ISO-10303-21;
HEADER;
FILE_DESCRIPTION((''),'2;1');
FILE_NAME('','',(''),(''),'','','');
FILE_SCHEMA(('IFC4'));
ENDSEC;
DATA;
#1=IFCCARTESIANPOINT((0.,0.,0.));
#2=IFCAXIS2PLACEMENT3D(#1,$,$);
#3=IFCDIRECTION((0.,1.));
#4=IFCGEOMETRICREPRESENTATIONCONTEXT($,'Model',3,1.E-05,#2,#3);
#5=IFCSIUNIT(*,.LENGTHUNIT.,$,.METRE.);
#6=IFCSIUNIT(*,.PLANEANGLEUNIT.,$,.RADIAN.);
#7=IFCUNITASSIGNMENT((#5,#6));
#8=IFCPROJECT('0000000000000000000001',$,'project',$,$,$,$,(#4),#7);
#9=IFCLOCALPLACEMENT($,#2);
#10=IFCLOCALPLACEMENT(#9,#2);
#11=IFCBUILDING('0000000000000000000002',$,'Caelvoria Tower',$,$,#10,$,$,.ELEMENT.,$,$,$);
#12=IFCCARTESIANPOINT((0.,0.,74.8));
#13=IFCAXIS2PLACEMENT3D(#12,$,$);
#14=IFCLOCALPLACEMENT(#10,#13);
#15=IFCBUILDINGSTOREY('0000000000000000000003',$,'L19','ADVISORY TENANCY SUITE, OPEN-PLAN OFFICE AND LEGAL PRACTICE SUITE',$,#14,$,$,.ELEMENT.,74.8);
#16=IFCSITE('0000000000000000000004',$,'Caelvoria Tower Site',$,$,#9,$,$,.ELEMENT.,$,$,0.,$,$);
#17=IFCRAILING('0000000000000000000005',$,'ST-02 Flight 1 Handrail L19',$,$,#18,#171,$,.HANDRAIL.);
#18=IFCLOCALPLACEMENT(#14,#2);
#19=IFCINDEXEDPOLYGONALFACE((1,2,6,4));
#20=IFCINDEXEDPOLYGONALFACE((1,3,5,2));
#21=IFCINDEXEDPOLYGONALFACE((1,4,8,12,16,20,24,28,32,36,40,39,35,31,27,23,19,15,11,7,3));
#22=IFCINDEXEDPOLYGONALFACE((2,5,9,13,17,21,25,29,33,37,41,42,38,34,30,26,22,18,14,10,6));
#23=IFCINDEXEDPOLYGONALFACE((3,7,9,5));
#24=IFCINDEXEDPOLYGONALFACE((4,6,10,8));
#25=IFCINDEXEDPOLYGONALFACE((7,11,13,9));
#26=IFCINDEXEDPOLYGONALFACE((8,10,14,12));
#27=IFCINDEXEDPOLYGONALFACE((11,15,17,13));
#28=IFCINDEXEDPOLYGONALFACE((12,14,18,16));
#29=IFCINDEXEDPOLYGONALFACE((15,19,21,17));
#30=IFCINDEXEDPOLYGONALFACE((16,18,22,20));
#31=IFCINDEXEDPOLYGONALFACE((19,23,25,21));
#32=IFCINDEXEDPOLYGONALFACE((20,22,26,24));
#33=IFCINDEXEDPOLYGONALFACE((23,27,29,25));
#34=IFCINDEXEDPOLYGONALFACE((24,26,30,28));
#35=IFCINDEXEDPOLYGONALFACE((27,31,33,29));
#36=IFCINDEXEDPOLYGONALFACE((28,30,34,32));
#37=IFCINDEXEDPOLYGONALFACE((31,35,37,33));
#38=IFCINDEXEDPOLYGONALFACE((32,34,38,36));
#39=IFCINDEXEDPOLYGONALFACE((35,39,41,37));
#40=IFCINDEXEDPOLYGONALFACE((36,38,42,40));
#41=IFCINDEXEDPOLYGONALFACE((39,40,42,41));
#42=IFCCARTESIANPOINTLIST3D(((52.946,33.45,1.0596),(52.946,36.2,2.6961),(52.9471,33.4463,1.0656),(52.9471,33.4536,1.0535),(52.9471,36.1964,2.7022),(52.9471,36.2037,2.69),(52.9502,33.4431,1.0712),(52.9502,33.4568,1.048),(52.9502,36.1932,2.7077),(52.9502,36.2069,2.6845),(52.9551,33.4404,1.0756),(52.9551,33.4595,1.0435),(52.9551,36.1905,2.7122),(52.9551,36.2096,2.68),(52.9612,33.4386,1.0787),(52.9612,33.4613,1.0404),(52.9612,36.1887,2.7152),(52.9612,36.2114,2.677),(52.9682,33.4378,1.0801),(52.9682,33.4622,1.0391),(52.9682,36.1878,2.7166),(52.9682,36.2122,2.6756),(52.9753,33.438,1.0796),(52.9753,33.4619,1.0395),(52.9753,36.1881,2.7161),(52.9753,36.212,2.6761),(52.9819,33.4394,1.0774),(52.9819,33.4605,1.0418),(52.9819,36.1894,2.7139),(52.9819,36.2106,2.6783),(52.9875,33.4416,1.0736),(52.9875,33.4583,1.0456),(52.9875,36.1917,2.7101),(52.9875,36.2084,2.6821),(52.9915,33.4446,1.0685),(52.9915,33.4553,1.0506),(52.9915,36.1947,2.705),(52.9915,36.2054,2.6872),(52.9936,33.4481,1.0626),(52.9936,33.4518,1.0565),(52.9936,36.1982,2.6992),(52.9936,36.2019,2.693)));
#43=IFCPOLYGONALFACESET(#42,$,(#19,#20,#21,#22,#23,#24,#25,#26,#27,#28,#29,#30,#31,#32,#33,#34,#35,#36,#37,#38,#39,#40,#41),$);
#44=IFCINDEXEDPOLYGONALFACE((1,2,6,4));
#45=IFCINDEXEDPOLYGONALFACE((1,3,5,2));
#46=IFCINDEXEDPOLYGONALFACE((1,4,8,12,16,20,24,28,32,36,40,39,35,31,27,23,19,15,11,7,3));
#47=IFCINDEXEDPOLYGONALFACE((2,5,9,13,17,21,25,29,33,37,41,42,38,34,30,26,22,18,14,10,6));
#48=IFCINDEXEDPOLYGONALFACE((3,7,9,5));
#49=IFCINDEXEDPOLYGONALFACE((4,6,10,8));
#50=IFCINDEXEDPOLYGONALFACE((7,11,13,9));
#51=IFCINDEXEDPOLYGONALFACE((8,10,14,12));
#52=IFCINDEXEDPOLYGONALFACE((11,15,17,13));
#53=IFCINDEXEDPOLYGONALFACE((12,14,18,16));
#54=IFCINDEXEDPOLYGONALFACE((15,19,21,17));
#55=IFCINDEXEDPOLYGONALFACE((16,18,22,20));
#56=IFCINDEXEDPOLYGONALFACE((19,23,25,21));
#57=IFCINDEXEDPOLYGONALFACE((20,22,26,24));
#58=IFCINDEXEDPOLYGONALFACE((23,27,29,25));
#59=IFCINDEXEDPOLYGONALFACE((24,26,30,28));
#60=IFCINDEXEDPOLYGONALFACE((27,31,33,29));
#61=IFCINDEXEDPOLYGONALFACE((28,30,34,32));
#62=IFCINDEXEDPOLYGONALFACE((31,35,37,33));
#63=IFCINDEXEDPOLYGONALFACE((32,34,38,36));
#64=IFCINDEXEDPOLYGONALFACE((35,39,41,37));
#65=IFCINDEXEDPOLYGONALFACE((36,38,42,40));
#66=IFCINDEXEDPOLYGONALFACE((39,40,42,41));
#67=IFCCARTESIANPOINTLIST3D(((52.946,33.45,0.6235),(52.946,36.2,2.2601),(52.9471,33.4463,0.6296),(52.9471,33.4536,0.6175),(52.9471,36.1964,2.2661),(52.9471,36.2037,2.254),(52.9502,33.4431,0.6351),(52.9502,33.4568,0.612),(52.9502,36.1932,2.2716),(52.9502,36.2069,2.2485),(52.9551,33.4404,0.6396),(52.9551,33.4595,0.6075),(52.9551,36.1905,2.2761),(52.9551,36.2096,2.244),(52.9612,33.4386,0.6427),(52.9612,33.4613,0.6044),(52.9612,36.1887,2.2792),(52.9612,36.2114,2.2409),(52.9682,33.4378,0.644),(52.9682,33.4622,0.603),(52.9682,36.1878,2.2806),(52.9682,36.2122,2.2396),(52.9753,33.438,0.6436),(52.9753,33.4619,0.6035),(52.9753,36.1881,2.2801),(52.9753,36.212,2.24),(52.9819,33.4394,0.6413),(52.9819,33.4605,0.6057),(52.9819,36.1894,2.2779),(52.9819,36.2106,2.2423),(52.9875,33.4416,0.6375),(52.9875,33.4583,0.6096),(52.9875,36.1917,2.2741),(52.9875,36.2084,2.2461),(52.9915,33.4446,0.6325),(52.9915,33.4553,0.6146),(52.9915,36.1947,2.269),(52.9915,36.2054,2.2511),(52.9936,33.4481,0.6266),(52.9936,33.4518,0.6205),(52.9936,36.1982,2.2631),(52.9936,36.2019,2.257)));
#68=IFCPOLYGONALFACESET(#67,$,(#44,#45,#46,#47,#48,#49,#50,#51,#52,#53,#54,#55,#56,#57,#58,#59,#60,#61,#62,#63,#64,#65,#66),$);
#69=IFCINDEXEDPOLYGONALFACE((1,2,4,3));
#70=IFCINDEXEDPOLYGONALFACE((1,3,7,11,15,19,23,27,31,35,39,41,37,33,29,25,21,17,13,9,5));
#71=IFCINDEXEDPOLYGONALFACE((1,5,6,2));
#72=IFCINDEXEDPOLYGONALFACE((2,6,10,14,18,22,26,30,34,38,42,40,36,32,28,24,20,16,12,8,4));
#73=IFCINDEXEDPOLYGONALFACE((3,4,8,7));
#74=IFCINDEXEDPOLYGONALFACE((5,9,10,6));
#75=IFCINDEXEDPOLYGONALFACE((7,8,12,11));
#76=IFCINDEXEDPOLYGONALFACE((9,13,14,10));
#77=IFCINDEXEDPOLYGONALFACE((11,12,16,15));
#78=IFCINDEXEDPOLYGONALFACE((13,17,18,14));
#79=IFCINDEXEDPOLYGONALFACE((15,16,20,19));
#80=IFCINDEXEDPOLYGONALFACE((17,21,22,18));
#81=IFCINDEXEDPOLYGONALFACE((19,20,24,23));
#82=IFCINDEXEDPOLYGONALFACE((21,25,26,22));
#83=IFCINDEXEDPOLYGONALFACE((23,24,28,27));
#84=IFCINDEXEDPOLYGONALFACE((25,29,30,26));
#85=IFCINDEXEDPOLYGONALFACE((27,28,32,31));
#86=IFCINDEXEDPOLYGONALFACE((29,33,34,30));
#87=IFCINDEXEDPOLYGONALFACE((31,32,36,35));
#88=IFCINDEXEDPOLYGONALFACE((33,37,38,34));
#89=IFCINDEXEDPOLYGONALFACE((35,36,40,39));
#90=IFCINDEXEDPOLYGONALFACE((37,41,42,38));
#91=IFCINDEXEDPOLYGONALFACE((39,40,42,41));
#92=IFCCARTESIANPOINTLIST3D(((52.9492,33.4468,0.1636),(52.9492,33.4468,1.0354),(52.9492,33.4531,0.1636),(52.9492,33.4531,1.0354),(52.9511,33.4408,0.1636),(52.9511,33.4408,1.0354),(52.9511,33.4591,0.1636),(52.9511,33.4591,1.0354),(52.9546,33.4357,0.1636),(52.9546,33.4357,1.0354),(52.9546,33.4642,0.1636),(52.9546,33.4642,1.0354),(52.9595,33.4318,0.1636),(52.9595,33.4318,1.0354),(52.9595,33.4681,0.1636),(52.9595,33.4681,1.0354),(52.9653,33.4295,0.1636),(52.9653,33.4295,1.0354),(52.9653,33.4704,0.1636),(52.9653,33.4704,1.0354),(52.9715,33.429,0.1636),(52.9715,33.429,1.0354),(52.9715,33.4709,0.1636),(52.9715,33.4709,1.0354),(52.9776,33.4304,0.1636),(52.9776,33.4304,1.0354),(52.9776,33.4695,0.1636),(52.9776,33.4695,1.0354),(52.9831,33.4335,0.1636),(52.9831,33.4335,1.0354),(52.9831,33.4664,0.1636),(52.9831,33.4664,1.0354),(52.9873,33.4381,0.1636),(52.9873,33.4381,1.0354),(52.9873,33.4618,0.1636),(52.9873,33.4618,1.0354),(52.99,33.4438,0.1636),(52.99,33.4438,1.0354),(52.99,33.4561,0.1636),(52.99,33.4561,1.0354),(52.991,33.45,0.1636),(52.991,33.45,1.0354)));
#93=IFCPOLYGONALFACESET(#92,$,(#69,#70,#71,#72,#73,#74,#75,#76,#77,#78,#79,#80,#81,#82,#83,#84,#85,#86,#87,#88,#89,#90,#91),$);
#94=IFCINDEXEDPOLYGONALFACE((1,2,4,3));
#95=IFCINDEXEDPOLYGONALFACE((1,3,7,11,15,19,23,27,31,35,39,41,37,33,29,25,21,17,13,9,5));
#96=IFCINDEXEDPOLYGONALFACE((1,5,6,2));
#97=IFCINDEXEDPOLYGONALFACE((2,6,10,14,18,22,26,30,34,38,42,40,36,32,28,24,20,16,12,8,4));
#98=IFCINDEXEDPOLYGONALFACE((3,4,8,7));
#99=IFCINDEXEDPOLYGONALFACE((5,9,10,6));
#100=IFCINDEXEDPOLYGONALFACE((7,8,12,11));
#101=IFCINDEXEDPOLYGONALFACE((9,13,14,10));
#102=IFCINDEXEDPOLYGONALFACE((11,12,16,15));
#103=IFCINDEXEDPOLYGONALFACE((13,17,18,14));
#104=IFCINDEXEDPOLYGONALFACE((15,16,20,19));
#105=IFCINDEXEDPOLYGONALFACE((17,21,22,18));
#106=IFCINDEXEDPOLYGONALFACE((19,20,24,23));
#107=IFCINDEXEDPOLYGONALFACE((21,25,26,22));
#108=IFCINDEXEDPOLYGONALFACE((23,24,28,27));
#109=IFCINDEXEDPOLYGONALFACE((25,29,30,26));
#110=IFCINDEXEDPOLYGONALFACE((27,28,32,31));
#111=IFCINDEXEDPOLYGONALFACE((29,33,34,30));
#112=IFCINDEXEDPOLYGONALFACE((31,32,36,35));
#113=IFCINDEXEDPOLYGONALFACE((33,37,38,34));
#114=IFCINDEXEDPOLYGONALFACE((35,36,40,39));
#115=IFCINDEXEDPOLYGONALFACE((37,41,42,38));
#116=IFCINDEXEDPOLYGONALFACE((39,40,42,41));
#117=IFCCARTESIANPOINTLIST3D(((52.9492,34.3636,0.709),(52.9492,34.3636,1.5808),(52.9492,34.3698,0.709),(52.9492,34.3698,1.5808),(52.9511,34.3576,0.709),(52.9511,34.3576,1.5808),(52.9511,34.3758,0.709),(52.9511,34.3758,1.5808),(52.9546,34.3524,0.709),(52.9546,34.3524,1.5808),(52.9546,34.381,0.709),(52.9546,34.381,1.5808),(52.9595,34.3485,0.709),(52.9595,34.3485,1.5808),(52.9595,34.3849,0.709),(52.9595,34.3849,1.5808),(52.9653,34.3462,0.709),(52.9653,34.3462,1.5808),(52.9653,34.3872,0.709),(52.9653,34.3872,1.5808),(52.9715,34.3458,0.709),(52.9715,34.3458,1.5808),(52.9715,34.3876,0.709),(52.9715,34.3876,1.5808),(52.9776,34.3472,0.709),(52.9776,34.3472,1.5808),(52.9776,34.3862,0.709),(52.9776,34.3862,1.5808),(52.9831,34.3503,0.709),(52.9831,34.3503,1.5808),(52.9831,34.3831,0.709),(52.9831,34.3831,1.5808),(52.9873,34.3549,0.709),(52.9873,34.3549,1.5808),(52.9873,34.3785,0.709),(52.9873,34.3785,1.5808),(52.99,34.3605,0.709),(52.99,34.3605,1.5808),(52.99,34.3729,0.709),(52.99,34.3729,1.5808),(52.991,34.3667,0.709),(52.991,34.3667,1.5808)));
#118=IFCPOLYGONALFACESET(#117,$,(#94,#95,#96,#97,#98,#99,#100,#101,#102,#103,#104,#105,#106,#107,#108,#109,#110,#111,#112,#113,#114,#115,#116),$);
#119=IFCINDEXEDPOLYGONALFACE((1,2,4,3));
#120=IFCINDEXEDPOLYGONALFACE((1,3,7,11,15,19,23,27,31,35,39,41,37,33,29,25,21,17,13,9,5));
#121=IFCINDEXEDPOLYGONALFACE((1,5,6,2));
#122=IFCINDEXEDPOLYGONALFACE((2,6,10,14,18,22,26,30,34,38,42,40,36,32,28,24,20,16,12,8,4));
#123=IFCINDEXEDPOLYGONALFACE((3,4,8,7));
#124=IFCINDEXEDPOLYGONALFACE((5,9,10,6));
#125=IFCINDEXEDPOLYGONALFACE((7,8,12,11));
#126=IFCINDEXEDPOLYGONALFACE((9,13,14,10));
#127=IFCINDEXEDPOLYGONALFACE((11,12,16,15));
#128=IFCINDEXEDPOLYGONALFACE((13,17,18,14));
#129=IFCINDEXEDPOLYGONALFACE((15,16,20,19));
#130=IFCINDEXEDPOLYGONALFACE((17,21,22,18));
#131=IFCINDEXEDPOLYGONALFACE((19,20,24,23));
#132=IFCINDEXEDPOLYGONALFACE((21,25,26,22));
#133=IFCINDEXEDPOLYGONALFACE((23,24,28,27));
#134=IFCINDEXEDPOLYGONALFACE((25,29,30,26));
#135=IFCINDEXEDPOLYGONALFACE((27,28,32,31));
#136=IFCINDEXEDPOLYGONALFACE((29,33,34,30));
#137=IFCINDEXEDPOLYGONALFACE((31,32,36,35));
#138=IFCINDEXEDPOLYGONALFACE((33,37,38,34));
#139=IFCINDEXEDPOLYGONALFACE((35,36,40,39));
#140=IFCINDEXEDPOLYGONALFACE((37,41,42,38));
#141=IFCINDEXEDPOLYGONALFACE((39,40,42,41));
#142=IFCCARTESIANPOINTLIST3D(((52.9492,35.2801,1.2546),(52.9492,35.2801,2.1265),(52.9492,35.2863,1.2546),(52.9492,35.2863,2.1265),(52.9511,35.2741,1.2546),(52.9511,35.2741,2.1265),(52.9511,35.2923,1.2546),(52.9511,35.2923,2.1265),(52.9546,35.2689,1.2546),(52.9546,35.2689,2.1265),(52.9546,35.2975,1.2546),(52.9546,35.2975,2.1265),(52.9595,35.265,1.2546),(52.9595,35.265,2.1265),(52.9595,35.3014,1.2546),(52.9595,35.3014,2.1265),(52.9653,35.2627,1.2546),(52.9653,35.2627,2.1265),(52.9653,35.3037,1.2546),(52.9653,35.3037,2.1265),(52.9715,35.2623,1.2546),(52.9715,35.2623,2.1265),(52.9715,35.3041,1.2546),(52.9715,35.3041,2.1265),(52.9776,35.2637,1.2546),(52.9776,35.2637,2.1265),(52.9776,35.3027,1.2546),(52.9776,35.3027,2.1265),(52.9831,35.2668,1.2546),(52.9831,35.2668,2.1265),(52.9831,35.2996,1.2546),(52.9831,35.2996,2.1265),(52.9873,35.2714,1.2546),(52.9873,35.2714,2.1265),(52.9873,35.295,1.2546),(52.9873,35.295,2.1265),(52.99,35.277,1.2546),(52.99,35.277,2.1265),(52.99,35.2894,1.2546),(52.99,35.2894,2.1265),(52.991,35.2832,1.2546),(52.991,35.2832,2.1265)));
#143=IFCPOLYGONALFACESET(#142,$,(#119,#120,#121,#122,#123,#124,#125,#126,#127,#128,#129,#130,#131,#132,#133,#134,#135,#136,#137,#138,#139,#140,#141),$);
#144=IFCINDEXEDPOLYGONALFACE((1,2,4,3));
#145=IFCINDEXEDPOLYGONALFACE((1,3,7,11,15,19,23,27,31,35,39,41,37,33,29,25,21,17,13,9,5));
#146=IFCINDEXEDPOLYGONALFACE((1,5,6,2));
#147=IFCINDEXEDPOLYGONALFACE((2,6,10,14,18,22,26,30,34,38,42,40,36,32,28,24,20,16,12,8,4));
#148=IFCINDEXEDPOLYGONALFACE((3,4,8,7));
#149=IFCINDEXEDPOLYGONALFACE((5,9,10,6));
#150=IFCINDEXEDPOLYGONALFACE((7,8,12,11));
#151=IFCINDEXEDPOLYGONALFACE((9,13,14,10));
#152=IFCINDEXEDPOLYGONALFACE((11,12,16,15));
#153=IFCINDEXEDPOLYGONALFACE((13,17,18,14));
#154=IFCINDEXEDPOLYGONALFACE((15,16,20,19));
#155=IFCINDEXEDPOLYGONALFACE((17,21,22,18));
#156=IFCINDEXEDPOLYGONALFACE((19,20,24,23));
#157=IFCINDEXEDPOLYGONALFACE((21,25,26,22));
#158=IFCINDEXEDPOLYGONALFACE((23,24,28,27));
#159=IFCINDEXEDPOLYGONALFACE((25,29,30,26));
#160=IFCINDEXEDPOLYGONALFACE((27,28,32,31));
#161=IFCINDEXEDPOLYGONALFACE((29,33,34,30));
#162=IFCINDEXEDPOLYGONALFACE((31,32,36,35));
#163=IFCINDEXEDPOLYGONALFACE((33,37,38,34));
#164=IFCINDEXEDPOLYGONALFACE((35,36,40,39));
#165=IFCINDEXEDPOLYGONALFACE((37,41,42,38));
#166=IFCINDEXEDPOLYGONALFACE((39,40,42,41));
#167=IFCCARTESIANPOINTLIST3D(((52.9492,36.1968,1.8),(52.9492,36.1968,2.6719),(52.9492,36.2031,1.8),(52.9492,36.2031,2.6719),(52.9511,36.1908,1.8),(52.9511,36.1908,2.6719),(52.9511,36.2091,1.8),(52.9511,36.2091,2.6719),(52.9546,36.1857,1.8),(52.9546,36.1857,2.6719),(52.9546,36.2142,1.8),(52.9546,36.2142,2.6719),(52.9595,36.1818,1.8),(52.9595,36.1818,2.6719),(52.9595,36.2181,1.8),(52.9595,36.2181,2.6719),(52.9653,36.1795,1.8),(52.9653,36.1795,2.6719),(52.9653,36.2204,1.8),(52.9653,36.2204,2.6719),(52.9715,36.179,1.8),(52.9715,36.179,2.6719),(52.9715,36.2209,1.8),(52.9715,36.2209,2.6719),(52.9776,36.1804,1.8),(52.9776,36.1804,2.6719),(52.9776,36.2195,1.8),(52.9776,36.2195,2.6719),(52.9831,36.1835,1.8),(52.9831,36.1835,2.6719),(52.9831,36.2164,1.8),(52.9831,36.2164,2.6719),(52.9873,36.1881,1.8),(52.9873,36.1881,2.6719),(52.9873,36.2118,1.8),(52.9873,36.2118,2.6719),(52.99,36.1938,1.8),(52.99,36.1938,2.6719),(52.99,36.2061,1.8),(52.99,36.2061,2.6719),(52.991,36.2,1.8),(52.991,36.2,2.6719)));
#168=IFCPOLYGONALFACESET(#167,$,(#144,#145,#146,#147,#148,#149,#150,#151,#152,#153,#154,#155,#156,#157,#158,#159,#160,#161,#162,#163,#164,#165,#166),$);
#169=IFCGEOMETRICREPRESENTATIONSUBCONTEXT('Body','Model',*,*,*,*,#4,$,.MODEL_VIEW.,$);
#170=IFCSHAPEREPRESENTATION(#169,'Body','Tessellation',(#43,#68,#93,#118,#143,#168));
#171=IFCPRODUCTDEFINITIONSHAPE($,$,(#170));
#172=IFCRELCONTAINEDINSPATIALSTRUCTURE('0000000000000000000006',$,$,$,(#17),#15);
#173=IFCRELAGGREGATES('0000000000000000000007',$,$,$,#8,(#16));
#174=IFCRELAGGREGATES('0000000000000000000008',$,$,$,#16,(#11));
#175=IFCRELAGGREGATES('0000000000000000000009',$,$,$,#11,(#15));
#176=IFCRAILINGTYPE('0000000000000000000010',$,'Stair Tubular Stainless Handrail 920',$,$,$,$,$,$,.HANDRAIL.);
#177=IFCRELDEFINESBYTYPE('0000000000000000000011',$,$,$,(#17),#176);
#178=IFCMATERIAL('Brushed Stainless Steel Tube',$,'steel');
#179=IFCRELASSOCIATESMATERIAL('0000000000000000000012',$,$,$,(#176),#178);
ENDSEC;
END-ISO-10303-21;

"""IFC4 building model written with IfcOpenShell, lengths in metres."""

from ifc_helpers import new_model, si_unit, direction, frame, origin, origin_2d, place, context, subcontext, project, spatial, circle, extrude, material, type_object, element, save


model = new_model("IFC4")

# Units and contexts
model_context = context("Model", 3, precision=1e-05, world=origin(), true_north=direction((0.0, 1.0)))
body_context = subcontext(model_context, "Body", "Model", "MODEL_VIEW")
ifc_project = project(units=[si_unit("LENGTHUNIT", "METRE"), si_unit("PLANEANGLEUNIT", "RADIAN")], contexts=[model_context])

# Site, building, storey
site_placement = place(None, origin())
site = spatial("IfcSite", under=ifc_project, at=site_placement, Name="Caelvoria Tower Site", CompositionType="ELEMENT", RefElevation=0.0)
building_placement = place(site_placement, origin())
building = spatial("IfcBuilding", under=site, at=building_placement, Name="Caelvoria Tower", CompositionType="ELEMENT")
storey_placement = place(building_placement, frame((0.0, 0.0, 74.8)))
storey = spatial("IfcBuildingStorey", under=building, at=storey_placement, Name="L19", Description="ADVISORY TENANCY SUITE, OPEN-PLAN OFFICE AND LEGAL PRACTICE SUITE", CompositionType="ELEMENT", Elevation=74.8)

# Railing
ifc_material_1 = material(Name="Brushed Stainless Steel Tube", Category="steel")
railing_type_1 = type_object("IfcRailingType", Name="Stair Tubular Stainless Handrail 920", PredefinedType="HANDRAIL", material=ifc_material_1)
railing_1_placement = place(storey_placement, frame((52.97, 33.45, 0.1636)))
element("IfcRailing", 1, at=railing_1_placement, inside=storey, type_object=railing_type_1, Name="ST-02 Flight 1 Handrail L19", PredefinedType="HANDRAIL", context=body_context, shape_type="SweptSolid", body=[
    extrude(circle(Radius=0.0239, at=origin_2d()), frame((0.0, 0.0, 0.896), z_axis=(0.0, 0.859352, 0.511385), x_axis=(-1.0, 0.0, 0.0)), (0.0, 0.0, 1.0), 3.2002),
    extrude(circle(Radius=0.0239, at=origin_2d()), frame((0.0, 0.0, 0.46), z_axis=(0.0, 0.859352, 0.511385), x_axis=(-1.0, 0.0, 0.0)), (0.0, 0.0, 1.0), 3.2002),
    extrude(circle(Radius=0.021, at=origin_2d()), origin(), (0.0, 0.0, 1.0), 0.8718),
    extrude(circle(Radius=0.021, at=origin_2d()), frame((0.0, 0.9167, 0.5454)), (0.0, 0.0, 1.0), 0.8718),
    extrude(circle(Radius=0.021, at=origin_2d()), frame((0.0, 1.8333, 1.0911)), (0.0, 0.0, 1.0), 0.8718),
    extrude(circle(Radius=0.021, at=origin_2d()), frame((0.0, 2.75, 1.6365)), (0.0, 0.0, 1.0), 0.8718),
])

save(model, "model.ifc")
